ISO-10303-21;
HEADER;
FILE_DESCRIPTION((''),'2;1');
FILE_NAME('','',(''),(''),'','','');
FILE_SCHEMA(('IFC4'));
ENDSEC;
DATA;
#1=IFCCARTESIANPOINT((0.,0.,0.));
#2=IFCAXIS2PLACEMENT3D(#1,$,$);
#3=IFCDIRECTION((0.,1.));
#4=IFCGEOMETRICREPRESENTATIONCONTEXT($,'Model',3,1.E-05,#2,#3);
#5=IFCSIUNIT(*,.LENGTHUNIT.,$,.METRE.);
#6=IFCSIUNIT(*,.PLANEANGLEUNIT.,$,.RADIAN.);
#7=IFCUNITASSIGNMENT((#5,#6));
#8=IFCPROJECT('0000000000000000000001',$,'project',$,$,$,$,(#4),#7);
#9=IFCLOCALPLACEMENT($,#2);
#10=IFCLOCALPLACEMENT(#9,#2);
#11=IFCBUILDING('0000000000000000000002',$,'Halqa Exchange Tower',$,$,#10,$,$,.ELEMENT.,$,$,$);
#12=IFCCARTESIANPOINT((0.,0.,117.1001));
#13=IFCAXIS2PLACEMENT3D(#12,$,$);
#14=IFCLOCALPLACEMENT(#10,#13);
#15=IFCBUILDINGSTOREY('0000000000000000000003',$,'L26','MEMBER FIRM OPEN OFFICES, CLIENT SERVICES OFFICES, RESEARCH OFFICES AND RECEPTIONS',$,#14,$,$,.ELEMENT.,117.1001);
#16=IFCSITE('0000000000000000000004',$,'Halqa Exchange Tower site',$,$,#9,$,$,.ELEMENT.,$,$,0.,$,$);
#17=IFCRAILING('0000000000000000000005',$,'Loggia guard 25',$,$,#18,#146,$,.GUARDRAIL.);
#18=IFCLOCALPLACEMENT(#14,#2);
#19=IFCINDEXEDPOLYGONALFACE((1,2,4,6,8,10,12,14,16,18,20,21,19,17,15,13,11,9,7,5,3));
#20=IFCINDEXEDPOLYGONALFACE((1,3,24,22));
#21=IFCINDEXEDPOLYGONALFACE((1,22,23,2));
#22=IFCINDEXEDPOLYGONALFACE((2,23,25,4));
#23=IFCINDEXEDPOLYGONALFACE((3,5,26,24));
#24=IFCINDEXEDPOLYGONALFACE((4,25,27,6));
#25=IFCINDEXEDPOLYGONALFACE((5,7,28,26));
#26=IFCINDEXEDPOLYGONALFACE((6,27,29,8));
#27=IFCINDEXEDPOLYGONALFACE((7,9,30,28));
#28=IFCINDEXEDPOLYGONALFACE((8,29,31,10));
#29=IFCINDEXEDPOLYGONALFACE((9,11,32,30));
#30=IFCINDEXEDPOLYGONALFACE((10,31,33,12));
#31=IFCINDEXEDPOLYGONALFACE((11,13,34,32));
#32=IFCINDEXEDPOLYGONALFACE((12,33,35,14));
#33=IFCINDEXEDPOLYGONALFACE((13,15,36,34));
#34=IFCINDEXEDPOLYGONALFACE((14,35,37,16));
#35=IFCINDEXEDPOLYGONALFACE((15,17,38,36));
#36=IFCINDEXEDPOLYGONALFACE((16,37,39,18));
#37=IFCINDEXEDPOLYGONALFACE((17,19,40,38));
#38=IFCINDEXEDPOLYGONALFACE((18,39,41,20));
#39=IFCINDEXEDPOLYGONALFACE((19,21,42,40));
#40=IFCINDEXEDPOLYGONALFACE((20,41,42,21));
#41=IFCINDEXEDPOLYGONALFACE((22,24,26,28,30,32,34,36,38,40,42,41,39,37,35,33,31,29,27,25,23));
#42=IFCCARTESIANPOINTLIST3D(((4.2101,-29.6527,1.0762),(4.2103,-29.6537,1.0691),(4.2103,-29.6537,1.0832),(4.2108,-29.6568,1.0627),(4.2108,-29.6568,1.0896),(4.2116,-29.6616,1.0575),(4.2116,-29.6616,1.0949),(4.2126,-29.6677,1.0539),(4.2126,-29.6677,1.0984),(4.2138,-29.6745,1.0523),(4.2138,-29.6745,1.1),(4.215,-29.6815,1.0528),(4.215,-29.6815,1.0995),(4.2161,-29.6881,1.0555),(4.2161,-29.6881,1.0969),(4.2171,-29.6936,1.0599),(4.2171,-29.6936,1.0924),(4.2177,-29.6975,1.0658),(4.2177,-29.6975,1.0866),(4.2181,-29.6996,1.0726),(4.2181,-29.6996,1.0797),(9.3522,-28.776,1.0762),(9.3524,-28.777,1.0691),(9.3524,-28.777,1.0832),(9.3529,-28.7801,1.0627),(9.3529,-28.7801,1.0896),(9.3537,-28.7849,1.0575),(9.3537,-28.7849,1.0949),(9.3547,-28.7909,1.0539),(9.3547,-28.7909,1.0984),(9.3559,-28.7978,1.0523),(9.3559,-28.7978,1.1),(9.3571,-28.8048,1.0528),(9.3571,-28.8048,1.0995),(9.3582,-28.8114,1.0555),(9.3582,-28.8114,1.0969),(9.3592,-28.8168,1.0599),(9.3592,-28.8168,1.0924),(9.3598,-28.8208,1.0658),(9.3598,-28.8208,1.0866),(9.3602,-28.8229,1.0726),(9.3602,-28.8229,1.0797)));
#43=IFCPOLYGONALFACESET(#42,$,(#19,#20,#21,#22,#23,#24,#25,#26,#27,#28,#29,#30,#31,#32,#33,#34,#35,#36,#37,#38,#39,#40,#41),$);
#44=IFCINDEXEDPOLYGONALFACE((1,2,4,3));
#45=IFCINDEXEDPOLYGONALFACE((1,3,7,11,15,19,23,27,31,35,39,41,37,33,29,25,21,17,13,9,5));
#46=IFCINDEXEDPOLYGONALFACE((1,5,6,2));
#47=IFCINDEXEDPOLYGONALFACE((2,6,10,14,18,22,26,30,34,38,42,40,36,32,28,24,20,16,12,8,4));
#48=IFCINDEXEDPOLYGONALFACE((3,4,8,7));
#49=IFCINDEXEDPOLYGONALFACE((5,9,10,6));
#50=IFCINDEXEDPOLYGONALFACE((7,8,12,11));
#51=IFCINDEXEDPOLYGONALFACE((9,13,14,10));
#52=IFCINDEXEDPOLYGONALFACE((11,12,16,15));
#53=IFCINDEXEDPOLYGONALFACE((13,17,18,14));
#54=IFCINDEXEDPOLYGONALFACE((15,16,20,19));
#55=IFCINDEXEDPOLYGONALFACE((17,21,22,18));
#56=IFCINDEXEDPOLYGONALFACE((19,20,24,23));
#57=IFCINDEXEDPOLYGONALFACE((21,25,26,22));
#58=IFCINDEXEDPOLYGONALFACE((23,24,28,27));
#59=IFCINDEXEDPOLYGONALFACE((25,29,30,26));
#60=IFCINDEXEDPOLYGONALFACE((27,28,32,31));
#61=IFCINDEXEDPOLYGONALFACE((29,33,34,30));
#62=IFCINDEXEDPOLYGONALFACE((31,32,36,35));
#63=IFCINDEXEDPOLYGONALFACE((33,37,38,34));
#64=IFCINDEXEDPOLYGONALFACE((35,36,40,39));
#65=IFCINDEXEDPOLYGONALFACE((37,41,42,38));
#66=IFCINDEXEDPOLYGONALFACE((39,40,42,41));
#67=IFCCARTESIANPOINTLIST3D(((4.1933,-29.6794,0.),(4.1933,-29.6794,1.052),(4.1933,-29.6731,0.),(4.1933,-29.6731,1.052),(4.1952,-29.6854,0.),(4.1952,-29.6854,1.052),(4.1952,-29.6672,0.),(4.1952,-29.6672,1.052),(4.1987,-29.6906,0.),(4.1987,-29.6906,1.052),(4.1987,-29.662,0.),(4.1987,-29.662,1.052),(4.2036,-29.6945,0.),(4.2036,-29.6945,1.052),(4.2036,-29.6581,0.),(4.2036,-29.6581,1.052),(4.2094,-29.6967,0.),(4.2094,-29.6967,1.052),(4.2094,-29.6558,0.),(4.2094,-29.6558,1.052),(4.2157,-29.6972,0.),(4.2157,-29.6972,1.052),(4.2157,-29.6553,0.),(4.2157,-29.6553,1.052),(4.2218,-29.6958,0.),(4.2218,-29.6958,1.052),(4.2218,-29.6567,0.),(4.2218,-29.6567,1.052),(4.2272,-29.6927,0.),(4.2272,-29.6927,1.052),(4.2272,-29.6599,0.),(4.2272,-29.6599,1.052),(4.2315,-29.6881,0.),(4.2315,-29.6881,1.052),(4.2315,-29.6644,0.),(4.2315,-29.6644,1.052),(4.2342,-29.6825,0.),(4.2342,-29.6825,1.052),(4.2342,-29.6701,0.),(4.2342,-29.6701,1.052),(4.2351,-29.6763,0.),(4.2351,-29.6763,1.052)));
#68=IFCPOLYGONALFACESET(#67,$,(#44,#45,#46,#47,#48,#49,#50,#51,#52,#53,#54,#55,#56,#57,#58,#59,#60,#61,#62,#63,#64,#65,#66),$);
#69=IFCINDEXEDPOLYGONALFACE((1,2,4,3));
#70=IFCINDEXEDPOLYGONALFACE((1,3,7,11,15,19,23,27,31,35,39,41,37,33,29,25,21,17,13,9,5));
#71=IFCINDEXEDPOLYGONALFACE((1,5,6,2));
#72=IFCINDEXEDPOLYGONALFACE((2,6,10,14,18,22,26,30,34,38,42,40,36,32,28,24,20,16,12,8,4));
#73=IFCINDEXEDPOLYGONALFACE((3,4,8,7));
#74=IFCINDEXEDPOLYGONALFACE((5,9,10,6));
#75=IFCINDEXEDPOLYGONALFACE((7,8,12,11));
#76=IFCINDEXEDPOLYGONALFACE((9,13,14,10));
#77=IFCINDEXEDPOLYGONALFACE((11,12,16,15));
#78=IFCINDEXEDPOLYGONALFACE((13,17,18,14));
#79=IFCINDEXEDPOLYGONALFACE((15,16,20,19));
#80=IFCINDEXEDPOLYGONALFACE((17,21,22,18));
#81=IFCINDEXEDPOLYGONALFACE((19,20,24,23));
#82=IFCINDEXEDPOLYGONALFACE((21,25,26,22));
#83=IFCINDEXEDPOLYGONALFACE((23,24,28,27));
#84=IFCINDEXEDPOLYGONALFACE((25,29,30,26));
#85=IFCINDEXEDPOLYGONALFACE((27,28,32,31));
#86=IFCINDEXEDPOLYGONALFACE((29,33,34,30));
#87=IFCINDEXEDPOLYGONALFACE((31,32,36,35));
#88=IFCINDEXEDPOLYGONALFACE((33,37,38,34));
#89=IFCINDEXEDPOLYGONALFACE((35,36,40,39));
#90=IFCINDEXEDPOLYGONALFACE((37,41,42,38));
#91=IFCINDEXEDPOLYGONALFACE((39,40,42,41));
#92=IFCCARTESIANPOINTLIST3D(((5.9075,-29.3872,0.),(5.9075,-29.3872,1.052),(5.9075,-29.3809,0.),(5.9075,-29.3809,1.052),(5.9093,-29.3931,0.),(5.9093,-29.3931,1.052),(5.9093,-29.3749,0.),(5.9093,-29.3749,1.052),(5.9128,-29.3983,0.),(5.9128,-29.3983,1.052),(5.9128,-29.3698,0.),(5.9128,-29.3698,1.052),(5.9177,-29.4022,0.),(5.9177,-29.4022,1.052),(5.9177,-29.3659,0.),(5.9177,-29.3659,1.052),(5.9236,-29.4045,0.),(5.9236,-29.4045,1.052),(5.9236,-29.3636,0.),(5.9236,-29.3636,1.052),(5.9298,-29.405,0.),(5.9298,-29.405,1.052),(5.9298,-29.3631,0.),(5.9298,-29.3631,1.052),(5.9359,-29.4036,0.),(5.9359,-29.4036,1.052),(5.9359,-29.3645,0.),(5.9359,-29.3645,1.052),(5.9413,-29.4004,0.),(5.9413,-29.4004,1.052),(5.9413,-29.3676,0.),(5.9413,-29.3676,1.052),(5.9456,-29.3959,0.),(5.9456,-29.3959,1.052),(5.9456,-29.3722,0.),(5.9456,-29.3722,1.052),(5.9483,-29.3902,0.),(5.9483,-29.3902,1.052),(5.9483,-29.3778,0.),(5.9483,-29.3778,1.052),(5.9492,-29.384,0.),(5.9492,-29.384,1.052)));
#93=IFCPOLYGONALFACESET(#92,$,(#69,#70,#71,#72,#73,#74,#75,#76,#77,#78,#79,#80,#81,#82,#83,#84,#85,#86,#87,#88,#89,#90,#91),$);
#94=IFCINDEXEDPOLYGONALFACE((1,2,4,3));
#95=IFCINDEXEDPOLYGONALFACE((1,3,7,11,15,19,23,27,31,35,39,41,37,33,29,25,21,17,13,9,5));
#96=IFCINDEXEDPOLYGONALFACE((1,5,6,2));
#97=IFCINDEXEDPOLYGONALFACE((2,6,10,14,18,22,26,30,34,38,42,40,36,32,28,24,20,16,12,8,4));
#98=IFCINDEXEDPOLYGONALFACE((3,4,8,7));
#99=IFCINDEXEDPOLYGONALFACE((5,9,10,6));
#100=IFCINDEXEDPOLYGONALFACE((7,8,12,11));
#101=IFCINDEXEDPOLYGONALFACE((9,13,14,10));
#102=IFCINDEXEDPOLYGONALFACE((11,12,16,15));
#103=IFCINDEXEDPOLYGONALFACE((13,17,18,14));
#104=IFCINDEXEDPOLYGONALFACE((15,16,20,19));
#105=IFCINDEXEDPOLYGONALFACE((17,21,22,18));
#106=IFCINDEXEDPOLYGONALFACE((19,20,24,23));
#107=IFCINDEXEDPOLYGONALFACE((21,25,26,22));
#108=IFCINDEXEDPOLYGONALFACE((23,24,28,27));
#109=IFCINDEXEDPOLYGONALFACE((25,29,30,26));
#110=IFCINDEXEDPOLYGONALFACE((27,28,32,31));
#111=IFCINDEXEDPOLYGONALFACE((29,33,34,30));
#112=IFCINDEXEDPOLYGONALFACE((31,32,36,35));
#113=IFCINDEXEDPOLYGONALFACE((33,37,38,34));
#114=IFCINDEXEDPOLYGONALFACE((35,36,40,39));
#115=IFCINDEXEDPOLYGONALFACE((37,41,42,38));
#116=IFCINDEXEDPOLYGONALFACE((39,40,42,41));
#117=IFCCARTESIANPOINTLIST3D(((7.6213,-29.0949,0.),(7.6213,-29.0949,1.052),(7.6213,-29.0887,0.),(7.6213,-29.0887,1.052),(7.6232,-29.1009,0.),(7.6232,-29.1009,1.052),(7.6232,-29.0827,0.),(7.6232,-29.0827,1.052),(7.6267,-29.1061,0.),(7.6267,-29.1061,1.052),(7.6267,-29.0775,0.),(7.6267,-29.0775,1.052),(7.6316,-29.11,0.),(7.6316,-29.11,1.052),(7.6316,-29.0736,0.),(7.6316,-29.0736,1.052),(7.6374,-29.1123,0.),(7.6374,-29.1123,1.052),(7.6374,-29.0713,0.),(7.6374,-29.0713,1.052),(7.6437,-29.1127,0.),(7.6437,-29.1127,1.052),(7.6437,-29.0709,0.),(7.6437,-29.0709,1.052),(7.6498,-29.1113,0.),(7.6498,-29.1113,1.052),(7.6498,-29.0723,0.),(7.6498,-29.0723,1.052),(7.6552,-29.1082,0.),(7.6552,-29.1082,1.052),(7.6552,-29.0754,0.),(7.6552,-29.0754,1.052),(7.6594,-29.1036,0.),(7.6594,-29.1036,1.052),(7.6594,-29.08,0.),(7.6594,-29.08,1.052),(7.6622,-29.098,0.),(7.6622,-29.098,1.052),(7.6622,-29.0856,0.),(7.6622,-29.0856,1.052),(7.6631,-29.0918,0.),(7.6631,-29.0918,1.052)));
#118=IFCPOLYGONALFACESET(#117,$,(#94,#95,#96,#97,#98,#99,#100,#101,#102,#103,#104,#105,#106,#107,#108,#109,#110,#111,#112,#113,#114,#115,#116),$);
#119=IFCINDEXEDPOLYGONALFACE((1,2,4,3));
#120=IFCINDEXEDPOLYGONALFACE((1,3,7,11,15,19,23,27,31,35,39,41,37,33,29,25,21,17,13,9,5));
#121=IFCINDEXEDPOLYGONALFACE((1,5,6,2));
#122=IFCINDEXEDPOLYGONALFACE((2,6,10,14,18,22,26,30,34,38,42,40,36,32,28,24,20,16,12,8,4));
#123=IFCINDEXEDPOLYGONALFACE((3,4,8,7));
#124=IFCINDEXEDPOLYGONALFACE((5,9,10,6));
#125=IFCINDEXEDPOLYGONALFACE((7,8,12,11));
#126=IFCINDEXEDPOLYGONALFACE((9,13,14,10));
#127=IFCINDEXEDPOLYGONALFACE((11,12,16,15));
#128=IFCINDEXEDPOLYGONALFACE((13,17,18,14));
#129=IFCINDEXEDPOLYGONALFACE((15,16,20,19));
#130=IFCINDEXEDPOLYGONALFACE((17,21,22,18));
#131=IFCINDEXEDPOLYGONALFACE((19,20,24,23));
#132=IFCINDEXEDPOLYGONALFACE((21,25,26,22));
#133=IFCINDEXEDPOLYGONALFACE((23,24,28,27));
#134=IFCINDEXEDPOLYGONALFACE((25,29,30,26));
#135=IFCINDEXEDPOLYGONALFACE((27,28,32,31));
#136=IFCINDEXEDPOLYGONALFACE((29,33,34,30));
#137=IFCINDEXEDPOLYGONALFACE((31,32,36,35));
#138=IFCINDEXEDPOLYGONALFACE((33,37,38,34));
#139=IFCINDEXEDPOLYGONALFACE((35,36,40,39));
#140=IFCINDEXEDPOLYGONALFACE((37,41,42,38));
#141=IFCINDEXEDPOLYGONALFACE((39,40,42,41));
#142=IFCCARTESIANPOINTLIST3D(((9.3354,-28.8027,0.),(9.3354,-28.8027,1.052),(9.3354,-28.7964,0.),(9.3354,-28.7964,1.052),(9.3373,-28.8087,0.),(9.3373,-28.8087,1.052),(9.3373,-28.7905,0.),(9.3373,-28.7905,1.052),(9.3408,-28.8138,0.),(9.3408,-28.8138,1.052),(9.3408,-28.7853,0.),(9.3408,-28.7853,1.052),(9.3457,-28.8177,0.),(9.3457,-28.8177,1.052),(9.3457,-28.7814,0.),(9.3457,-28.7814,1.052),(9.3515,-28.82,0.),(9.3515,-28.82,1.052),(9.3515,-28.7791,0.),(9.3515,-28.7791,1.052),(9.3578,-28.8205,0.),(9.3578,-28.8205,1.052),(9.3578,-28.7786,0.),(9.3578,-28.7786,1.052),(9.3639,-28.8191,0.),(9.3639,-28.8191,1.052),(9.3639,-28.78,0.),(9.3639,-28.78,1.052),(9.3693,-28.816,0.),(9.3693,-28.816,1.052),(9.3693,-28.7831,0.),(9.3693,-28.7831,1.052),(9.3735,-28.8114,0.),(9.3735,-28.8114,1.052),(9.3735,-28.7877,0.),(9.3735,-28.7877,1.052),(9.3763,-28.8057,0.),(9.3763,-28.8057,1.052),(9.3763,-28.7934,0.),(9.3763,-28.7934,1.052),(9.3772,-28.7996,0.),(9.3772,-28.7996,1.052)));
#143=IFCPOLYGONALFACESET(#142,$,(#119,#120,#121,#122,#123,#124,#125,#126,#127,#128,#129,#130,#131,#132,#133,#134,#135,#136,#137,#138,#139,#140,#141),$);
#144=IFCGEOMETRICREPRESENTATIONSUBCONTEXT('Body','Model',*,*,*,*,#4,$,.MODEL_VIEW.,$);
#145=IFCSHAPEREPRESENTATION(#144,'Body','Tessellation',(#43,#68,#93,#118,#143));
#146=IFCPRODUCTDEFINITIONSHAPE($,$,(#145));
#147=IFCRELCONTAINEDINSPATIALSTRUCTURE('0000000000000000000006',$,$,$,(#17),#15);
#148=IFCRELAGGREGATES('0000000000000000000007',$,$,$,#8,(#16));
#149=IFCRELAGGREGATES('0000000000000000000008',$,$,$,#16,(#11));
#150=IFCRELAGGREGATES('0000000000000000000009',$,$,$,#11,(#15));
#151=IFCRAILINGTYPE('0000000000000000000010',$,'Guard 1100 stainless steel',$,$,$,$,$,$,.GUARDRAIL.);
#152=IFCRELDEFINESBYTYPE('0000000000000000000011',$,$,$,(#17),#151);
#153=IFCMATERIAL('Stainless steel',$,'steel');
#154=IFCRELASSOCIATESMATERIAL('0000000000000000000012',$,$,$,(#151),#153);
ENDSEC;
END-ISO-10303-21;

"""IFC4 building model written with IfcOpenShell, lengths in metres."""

from ifc_helpers import new_model, si_unit, direction, frame, origin, origin_2d, place, context, subcontext, project, spatial, circle, extrude, material, type_object, element, save


model = new_model("IFC4")

# Units and contexts
model_context = context("Model", 3, precision=1e-05, world=origin(), true_north=direction((0.0, 1.0)))
body_context = subcontext(model_context, "Body", "Model", "MODEL_VIEW")
ifc_project = project(units=[si_unit("LENGTHUNIT", "METRE"), si_unit("PLANEANGLEUNIT", "RADIAN")], contexts=[model_context])

# Site, building, storey
site_placement = place(None, origin())
site = spatial("IfcSite", under=ifc_project, at=site_placement, Name="Halqa Exchange Tower site", CompositionType="ELEMENT", RefElevation=0.0)
building_placement = place(site_placement, origin())
building = spatial("IfcBuilding", under=site, at=building_placement, Name="Halqa Exchange Tower", CompositionType="ELEMENT")
storey_placement = place(building_placement, frame((0.0, 0.0, 117.1001)))
storey = spatial("IfcBuildingStorey", under=building, at=storey_placement, Name="L26", Description="MEMBER FIRM OPEN OFFICES, CLIENT SERVICES OFFICES, RESEARCH OFFICES AND RECEPTIONS", CompositionType="ELEMENT", Elevation=117.1001)

# Railing
ifc_material_1 = material(Name="Stainless steel", Category="steel")
railing_type_1 = type_object("IfcRailingType", Name="Guard 1100 stainless steel", PredefinedType="GUARDRAIL", material=ifc_material_1)
railing_1_placement = place(storey_placement, frame((4.2141, -29.6763, 0.0)))
element("IfcRailing", 1, at=railing_1_placement, inside=storey, type_object=railing_type_1, Name="Loggia guard 25", PredefinedType="GUARDRAIL", context=body_context, shape_type="SweptSolid", body=[
    extrude(circle(Radius=0.0239, at=origin_2d()), frame((0.0, 0.0, 1.0762), z_axis=(0.985775, 0.168071, 0.0), x_axis=(-0.168071, 0.985775, 0.0)), (0.0, 0.0, 1.0), 5.2163),
    extrude(circle(Radius=0.021, at=origin_2d()), origin(), (0.0, 0.0, 1.0), 1.052),
    extrude(circle(Radius=0.021, at=origin_2d()), frame((1.7141, 0.2922, 0.0)), (0.0, 0.0, 1.0), 1.052),
    extrude(circle(Radius=0.021, at=origin_2d()), frame((3.428, 0.5845, 0.0)), (0.0, 0.0, 1.0), 1.052),
    extrude(circle(Radius=0.021, at=origin_2d()), frame((5.1421, 0.8767, 0.0)), (0.0, 0.0, 1.0), 1.052),
])

save(model, "model.ifc")
